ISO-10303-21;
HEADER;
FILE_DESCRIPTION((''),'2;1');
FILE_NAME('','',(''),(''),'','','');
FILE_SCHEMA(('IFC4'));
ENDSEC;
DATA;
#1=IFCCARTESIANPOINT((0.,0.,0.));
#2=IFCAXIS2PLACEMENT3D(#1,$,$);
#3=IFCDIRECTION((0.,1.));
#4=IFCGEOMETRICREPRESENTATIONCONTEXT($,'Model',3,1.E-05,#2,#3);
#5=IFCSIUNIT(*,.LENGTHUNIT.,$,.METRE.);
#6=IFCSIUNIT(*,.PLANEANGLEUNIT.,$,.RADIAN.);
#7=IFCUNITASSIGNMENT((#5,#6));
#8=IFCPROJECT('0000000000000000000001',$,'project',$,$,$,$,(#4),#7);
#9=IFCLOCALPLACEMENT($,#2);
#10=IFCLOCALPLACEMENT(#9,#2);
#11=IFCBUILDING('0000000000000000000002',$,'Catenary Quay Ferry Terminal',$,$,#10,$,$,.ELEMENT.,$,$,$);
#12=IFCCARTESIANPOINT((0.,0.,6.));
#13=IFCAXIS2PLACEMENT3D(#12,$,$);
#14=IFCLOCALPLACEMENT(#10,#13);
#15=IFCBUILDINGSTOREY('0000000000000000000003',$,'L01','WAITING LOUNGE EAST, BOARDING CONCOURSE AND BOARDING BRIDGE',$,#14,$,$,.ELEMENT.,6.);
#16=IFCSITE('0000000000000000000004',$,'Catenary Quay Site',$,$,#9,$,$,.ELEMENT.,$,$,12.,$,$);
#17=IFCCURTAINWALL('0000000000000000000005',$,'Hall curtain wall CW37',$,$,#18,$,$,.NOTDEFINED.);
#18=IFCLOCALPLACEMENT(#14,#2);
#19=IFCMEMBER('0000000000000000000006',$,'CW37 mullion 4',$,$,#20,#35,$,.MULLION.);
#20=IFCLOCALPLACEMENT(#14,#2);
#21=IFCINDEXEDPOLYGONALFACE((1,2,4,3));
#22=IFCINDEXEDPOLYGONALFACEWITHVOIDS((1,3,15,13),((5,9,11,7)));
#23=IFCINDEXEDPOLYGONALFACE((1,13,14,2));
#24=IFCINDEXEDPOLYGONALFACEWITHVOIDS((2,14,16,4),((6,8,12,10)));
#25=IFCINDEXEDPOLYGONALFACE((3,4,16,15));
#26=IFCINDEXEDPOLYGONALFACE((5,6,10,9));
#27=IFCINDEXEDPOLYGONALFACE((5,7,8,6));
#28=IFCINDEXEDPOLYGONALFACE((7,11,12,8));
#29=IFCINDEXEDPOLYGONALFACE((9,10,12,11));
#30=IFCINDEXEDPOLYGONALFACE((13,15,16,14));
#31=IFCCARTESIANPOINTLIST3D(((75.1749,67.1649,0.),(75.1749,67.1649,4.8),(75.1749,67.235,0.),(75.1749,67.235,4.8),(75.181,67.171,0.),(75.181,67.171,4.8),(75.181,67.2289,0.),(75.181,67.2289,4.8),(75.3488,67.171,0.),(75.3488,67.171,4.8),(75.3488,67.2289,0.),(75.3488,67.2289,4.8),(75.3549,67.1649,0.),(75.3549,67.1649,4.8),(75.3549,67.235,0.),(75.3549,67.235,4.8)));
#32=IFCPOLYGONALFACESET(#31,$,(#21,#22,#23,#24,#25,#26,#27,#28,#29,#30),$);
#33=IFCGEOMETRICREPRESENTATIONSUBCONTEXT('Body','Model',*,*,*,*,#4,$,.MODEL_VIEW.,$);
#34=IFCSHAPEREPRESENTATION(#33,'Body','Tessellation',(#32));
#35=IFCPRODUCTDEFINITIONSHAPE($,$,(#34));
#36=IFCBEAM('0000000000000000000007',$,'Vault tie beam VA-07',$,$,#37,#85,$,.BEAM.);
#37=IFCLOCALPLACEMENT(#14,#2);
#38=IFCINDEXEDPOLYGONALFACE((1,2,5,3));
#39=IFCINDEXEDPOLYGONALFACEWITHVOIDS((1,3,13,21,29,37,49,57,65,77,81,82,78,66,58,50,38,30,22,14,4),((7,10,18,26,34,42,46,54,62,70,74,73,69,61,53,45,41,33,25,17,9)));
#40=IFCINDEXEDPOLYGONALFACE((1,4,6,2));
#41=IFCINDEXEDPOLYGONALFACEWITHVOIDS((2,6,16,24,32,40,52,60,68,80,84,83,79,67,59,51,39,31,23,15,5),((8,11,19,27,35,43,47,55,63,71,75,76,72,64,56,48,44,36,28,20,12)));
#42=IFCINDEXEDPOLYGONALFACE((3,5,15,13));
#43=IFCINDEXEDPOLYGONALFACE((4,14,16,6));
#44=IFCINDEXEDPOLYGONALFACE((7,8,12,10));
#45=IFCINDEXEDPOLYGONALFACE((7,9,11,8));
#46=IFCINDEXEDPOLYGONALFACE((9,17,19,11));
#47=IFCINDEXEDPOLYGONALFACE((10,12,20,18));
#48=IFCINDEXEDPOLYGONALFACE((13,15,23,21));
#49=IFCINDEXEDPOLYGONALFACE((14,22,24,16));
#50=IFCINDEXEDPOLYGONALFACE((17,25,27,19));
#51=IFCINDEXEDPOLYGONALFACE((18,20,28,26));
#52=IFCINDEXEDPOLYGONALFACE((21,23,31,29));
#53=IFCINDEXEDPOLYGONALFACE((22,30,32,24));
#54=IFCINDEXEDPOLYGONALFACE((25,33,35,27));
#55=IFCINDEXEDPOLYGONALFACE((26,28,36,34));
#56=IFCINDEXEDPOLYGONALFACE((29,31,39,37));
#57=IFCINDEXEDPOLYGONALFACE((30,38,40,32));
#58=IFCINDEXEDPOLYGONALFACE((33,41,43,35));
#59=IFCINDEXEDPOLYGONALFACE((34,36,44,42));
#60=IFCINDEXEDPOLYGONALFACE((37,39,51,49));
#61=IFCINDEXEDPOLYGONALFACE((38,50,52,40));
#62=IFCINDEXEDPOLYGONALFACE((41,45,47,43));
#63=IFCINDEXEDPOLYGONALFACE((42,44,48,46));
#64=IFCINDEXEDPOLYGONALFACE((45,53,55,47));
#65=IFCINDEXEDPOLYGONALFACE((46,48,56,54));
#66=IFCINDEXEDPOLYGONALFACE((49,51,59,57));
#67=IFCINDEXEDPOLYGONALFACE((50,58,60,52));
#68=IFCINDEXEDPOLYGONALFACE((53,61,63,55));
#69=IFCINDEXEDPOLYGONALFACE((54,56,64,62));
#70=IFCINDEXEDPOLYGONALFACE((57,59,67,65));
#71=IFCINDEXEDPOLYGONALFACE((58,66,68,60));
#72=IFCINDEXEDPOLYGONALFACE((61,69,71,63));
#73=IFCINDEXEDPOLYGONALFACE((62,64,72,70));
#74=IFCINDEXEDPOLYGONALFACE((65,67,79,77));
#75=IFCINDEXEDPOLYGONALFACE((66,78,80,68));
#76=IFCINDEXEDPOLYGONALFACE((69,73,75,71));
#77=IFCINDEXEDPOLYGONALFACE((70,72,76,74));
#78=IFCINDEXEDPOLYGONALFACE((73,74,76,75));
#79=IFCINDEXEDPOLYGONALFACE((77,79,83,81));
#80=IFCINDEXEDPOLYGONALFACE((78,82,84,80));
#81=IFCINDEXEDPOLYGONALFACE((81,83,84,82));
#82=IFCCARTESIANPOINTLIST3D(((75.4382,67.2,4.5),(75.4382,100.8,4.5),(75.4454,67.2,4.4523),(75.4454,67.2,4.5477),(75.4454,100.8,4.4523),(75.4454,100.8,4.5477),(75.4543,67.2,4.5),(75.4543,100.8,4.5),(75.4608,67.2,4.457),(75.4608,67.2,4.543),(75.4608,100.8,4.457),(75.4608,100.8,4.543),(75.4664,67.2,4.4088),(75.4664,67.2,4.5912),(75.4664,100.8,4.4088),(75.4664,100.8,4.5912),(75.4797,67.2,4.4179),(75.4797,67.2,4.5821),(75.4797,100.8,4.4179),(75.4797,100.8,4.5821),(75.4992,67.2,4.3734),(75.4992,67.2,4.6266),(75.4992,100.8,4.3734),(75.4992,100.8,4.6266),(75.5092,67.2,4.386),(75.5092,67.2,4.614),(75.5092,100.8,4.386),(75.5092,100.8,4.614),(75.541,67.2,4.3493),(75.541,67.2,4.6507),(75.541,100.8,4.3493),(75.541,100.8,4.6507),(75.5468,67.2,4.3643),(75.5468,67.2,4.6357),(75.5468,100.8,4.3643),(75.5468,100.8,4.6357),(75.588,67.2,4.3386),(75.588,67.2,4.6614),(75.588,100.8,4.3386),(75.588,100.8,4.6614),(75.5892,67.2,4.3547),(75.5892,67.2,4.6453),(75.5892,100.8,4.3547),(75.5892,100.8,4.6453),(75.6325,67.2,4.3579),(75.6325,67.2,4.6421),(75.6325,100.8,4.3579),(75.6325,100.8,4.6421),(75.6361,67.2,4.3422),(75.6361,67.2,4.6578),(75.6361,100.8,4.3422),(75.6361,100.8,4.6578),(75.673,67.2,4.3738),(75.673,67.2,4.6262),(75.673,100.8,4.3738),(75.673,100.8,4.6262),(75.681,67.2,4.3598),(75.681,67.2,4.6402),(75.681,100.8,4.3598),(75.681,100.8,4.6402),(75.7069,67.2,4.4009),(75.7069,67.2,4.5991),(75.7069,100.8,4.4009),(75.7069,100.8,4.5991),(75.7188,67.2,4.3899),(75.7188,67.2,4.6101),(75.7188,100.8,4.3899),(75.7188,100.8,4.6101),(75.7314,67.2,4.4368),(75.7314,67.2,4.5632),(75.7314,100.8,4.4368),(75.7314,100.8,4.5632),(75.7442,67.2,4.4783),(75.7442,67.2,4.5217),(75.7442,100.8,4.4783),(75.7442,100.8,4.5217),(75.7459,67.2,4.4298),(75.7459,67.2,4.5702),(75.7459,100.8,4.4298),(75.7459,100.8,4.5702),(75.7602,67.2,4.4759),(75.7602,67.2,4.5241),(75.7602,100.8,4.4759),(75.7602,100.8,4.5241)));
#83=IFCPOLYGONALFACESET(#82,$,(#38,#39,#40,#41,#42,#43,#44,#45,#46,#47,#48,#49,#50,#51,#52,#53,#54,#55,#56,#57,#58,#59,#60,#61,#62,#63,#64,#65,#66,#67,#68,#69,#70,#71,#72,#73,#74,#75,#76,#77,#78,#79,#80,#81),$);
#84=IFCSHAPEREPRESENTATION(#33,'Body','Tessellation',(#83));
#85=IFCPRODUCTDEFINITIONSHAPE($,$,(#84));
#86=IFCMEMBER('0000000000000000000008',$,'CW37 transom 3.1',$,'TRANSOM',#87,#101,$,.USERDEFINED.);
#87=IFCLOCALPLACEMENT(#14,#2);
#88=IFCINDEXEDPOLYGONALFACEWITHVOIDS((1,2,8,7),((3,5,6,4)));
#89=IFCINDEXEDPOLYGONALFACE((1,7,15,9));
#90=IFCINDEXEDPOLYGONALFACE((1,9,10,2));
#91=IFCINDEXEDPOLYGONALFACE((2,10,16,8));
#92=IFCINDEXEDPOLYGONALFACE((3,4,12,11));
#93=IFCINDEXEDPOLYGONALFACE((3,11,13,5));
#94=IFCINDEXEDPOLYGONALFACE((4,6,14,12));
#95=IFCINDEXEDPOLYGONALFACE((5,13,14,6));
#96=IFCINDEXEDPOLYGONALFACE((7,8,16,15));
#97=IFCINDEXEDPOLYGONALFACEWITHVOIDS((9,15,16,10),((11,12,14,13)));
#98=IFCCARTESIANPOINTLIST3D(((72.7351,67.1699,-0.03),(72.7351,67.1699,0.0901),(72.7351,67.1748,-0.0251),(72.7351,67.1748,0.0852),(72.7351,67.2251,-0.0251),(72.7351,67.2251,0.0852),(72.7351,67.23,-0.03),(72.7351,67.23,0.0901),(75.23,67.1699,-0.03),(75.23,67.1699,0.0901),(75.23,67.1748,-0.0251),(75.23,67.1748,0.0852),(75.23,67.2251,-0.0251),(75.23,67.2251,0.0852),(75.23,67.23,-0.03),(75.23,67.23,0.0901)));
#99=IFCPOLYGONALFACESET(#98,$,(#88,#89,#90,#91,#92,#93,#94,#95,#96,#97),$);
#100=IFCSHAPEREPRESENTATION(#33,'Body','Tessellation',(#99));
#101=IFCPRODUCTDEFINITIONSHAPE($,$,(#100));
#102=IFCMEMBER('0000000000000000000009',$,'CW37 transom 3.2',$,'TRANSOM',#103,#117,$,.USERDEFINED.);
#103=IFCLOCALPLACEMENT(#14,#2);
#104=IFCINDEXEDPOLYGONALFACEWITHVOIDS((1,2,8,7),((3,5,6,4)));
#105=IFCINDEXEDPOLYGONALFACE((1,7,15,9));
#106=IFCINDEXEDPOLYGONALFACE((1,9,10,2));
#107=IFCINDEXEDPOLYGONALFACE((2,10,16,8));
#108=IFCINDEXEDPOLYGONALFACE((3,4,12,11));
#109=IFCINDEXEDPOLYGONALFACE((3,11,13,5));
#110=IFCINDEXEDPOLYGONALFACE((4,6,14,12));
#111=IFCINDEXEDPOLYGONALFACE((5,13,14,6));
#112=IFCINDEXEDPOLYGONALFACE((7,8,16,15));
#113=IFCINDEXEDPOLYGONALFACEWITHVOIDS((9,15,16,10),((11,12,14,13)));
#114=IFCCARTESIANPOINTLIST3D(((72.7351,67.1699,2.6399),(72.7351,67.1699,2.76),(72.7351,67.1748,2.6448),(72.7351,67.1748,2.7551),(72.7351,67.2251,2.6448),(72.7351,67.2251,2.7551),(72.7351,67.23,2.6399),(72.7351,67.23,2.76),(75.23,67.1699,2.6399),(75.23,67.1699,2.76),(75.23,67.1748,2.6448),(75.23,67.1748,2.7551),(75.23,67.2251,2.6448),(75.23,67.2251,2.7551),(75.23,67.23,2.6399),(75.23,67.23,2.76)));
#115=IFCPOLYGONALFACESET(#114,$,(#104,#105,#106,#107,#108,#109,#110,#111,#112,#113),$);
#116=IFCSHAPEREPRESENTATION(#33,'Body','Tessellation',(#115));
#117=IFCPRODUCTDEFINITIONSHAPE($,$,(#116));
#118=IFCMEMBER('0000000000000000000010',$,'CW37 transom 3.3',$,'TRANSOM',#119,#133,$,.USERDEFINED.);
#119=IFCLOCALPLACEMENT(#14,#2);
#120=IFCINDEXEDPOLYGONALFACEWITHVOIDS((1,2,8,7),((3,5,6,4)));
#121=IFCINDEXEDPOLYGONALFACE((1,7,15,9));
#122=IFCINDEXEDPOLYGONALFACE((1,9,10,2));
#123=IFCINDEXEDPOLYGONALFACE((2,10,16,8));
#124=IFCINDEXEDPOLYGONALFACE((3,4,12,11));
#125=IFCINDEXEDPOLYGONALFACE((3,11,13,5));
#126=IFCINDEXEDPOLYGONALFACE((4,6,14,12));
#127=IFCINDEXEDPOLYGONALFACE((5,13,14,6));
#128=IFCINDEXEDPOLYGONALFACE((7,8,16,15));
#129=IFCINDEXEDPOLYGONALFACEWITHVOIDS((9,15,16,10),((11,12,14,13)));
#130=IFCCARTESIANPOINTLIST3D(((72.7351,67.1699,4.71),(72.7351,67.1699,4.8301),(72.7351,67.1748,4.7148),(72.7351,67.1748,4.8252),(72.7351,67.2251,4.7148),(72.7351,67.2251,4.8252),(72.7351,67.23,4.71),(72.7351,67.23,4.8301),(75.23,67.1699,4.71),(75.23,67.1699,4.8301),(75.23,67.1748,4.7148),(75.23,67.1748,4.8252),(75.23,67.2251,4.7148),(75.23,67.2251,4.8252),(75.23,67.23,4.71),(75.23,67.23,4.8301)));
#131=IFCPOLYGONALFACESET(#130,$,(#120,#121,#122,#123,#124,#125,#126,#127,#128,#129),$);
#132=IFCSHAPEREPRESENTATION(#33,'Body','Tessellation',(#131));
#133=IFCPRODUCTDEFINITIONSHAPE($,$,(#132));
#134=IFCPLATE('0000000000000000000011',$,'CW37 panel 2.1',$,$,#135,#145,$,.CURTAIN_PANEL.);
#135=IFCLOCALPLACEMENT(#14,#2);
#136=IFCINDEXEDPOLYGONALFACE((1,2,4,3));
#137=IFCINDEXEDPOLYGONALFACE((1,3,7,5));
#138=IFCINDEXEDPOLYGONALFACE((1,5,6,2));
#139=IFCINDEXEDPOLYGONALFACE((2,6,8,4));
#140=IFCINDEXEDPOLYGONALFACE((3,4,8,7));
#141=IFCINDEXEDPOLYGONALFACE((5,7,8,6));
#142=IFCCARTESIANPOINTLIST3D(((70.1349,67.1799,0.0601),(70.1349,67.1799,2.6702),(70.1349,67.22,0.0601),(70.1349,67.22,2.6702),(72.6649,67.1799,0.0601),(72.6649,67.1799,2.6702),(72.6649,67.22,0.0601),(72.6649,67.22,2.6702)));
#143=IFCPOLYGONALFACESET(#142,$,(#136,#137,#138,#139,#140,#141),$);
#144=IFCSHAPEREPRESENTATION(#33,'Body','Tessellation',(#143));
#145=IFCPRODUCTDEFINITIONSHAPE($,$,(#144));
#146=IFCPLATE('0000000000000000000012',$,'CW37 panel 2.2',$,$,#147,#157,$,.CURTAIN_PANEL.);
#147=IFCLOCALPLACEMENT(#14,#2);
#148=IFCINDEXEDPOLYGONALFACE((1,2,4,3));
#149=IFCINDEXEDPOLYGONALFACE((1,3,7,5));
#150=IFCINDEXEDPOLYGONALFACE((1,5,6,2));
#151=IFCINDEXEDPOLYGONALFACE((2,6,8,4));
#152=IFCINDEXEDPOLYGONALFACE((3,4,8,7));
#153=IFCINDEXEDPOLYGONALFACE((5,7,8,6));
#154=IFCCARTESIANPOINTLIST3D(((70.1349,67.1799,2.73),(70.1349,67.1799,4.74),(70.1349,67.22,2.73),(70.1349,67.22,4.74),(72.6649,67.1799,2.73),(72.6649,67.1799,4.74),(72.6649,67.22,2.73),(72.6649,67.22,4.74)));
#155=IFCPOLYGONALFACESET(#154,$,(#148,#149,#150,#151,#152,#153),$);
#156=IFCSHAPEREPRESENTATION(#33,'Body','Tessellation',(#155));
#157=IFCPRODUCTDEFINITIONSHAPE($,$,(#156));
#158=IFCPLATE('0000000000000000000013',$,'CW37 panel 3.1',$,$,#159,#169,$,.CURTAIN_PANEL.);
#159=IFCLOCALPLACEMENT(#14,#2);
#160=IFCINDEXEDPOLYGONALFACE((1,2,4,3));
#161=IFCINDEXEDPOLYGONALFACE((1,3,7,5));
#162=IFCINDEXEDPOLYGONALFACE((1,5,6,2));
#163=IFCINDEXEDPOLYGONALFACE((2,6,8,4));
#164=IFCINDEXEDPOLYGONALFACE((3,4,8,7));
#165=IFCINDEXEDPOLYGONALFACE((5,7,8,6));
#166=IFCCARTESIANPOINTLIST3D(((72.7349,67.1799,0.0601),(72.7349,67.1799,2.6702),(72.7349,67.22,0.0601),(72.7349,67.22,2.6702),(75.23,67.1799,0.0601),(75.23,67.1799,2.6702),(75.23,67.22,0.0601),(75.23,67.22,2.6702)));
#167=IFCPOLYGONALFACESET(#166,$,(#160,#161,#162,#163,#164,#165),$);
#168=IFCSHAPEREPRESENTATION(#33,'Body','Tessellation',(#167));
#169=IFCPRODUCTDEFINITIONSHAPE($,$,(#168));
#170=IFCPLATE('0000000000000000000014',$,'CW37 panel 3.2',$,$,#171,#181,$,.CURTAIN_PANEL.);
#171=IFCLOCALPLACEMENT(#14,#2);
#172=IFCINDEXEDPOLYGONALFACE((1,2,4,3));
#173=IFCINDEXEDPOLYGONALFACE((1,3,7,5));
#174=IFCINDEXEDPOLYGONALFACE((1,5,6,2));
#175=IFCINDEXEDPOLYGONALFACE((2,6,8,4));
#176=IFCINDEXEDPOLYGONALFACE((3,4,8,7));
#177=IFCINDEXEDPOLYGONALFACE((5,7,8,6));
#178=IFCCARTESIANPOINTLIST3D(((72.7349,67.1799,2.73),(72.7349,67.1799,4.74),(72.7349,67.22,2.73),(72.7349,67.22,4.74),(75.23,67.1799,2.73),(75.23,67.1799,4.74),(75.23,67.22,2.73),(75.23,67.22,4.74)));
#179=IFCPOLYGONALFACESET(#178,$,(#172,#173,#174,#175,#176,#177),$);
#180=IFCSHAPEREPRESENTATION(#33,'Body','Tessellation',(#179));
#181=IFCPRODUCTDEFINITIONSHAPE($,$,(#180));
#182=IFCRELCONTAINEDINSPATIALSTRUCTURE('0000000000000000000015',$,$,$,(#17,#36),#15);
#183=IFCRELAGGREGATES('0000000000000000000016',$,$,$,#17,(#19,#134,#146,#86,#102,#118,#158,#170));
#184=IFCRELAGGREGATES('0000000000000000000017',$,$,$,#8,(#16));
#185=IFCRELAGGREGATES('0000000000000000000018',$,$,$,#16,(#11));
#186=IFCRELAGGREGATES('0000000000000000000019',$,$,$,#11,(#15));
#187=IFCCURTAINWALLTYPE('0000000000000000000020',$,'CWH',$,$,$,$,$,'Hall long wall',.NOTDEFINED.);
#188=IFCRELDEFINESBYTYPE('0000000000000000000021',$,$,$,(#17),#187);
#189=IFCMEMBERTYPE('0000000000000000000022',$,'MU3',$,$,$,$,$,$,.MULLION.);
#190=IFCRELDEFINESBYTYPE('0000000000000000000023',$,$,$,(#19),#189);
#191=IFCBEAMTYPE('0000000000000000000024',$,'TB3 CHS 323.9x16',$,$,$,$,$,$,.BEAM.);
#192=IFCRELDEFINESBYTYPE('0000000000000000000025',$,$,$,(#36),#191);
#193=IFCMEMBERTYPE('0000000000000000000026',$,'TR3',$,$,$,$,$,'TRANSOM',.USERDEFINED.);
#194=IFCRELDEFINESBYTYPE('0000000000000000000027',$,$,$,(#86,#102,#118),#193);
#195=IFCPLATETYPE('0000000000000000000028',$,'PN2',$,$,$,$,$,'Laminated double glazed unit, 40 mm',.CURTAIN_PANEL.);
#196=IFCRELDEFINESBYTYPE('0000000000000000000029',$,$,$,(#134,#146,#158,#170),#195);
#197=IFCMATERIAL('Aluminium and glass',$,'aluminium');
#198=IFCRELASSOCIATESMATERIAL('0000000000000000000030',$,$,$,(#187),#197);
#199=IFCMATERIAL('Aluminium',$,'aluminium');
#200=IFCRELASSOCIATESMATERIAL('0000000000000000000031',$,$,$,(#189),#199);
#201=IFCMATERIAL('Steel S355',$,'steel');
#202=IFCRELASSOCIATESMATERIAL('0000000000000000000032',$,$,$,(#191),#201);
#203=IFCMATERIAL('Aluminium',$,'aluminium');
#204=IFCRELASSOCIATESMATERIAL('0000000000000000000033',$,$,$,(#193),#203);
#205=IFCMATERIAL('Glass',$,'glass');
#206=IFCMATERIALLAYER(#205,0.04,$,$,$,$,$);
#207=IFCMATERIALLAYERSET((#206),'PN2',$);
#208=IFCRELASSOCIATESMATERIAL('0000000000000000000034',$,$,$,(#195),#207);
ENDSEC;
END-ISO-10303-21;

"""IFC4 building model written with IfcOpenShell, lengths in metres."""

from ifc_helpers import new_model, si_unit, direction, frame, origin, origin_2d, place, context, subcontext, project, spatial, rectangle, hollow_rectangle, hollow_circle, extrude, material, layer, layer_set, material_profile, profile_set, type_object, element, aggregate, save


model = new_model("IFC4")

# Units and contexts
model_context = context("Model", 3, precision=1e-05, world=origin(), true_north=direction((0.0, 1.0)))
body_context = subcontext(model_context, "Body", "Model", "MODEL_VIEW")
ifc_project = project(units=[si_unit("LENGTHUNIT", "METRE"), si_unit("PLANEANGLEUNIT", "RADIAN")], contexts=[model_context])

# Site, building, storey
site_placement = place(None, origin())
site = spatial("IfcSite", under=ifc_project, at=site_placement, Name="Catenary Quay Site", CompositionType="ELEMENT", RefElevation=12.0)
building_placement = place(site_placement, origin())
building = spatial("IfcBuilding", under=site, at=building_placement, Name="Catenary Quay Ferry Terminal", CompositionType="ELEMENT")
storey_placement = place(building_placement, frame((0.0, 0.0, 6.0)))
storey = spatial("IfcBuildingStorey", under=building, at=storey_placement, Name="L01", Description="WAITING LOUNGE EAST, BOARDING CONCOURSE AND BOARDING BRIDGE", CompositionType="ELEMENT", Elevation=6.0)

# Curtain wall, member
ifc_material_1 = material(Name="Aluminium and glass", Category="aluminium")
curtain_wall_type = type_object("IfcCurtainWallType", Name="CWH", ElementType="Hall long wall", PredefinedType="NOTDEFINED", material=ifc_material_1)
curtain_wall_placement = place(storey_placement, origin())
curtain_wall = element("IfcCurtainWall", 1, at=curtain_wall_placement, inside=storey, type_object=curtain_wall_type, Name="Hall curtain wall CW37", PredefinedType="NOTDEFINED")
ifc_material_2 = material(Name="Aluminium", Category="aluminium")
ifc_material_profile_1 = material_profile(ifc_material_2, hollow_rectangle(XDim=0.0701, YDim=0.1799, WallThickness=0.0061, at=origin_2d()), Name="MU3")
ifc_profile_set_1 = profile_set([ifc_material_profile_1], Name="Aluminium")
member_type_1 = type_object("IfcMemberType", Name="MU3", PredefinedType="MULLION", material=ifc_profile_set_1)
member_1_placement = place(storey_placement, frame((75.2649, 67.2, 0.0), z_axis=(0.0, 0.0, 1.0), x_axis=(0.0, 1.0, 0.0)))
member_1 = element("IfcMember", 2, at=member_1_placement, type_object=member_type_1, Name="CW37 mullion 4", PredefinedType="MULLION", context=body_context, shape_type="SweptSolid", body=[
    extrude(hollow_rectangle(XDim=0.0701, YDim=0.1799, WallThickness=0.0061, at=origin_2d()), origin(), (0.0, 0.0, 1.0), 4.8),
])

# Beam
ifc_material_3 = material(Name="Steel S355", Category="steel")
ifc_material_profile_2 = material_profile(ifc_material_3, hollow_circle(Radius=0.1619, WallThickness=0.0161, at=origin_2d()), Name="CHS 323.9x16")
ifc_profile_set_2 = profile_set([ifc_material_profile_2], Name="Steel S355")
beam_type_1 = type_object("IfcBeamType", Name="TB3 CHS 323.9x16", PredefinedType="BEAM", material=ifc_profile_set_2)
beam_1_placement = place(storey_placement, frame((75.6001, 67.2, 4.5), z_axis=(0.0, 1.0, 0.0), x_axis=(-1.0, 0.0, 0.0)))
element("IfcBeam", 3, at=beam_1_placement, inside=storey, type_object=beam_type_1, Name="Vault tie beam VA-07", PredefinedType="BEAM", context=body_context, shape_type="SweptSolid", body=[
    extrude(hollow_circle(Radius=0.1619, WallThickness=0.0161, at=origin_2d()), origin(), (0.0, 0.0, 1.0), 33.6001),
])

# Members
ifc_material_4 = material(Name="Aluminium", Category="aluminium")
ifc_material_profile_3 = material_profile(ifc_material_4, hollow_rectangle(XDim=0.0601, YDim=0.1201, WallThickness=0.0049, at=origin_2d()), Name="TR3")
ifc_profile_set_3 = profile_set([ifc_material_profile_3], Name="Aluminium")
member_type_2 = type_object("IfcMemberType", Name="TR3", ElementType="TRANSOM", PredefinedType="USERDEFINED", material=ifc_profile_set_3)
member_2_placement = place(storey_placement, frame((72.7351, 67.2, 0.03), z_axis=(1.0, 0.0, 0.0), x_axis=(0.0, 1.0, 0.0)))
member_2 = element("IfcMember", 4, at=member_2_placement, type_object=member_type_2, Name="CW37 transom 3.1", ObjectType="TRANSOM", PredefinedType="USERDEFINED", context=body_context, shape_type="SweptSolid", body=[
    extrude(hollow_rectangle(XDim=0.0601, YDim=0.1201, WallThickness=0.0049, at=origin_2d()), origin(), (0.0, 0.0, 1.0), 2.4949),
])
member_3_placement = place(storey_placement, frame((72.7351, 67.2, 2.7), z_axis=(1.0, 0.0, 0.0), x_axis=(0.0, 1.0, 0.0)))
member_3 = element("IfcMember", 5, at=member_3_placement, type_object=member_type_2, Name="CW37 transom 3.2", ObjectType="TRANSOM", PredefinedType="USERDEFINED", context=body_context, shape_type="SweptSolid", body=[
    extrude(hollow_rectangle(XDim=0.0601, YDim=0.1201, WallThickness=0.0049, at=origin_2d()), origin(), (0.0, 0.0, 1.0), 2.4949),
])
member_4_placement = place(storey_placement, frame((72.7351, 67.2, 4.77), z_axis=(1.0, 0.0, 0.0), x_axis=(0.0, 1.0, 0.0)))
member_4 = element("IfcMember", 6, at=member_4_placement, type_object=member_type_2, Name="CW37 transom 3.3", ObjectType="TRANSOM", PredefinedType="USERDEFINED", context=body_context, shape_type="SweptSolid", body=[
    extrude(hollow_rectangle(XDim=0.0601, YDim=0.1201, WallThickness=0.0049, at=origin_2d()), origin(), (0.0, 0.0, 1.0), 2.4949),
])

# Plates
ifc_material_5 = material(Name="Glass", Category="glass")
ifc_layer_1 = layer(ifc_material_5, 0.04)
ifc_layer_set_1 = layer_set([ifc_layer_1], Name="PN2")
plate_type = type_object("IfcPlateType", Name="PN2", ElementType="Laminated double glazed unit, 40 mm", PredefinedType="CURTAIN_PANEL", material=ifc_layer_set_1)
plate_1_placement = place(storey_placement, frame((71.3999, 67.2, 0.0601), z_axis=(0.0, 0.0, 1.0), x_axis=(1.0, 0.0, 0.0)))
plate_1 = element("IfcPlate", 7, at=plate_1_placement, type_object=plate_type, Name="CW37 panel 2.1", PredefinedType="CURTAIN_PANEL", context=body_context, shape_type="SweptSolid", body=[
    extrude(rectangle(XDim=2.53, YDim=0.04, at=origin_2d()), origin(), (0.0, 0.0, 1.0), 2.6101),
])
plate_2_placement = place(storey_placement, frame((71.3999, 67.2, 2.73), z_axis=(0.0, 0.0, 1.0), x_axis=(1.0, 0.0, 0.0)))
plate_2 = element("IfcPlate", 8, at=plate_2_placement, type_object=plate_type, Name="CW37 panel 2.2", PredefinedType="CURTAIN_PANEL", context=body_context, shape_type="SweptSolid", body=[
    extrude(rectangle(XDim=2.53, YDim=0.04, at=origin_2d()), origin(), (0.0, 0.0, 1.0), 2.01),
])
plate_3_placement = place(storey_placement, frame((73.9824, 67.2, 0.0601), z_axis=(0.0, 0.0, 1.0), x_axis=(1.0, 0.0, 0.0)))
plate_3 = element("IfcPlate", 9, at=plate_3_placement, type_object=plate_type, Name="CW37 panel 3.1", PredefinedType="CURTAIN_PANEL", context=body_context, shape_type="SweptSolid", body=[
    extrude(rectangle(XDim=2.4951, YDim=0.04, at=origin_2d()), origin(), (0.0, 0.0, 1.0), 2.6101),
])
plate_4_placement = place(storey_placement, frame((73.9824, 67.2, 2.73), z_axis=(0.0, 0.0, 1.0), x_axis=(1.0, 0.0, 0.0)))
plate_4 = element("IfcPlate", 10, at=plate_4_placement, type_object=plate_type, Name="CW37 panel 3.2", PredefinedType="CURTAIN_PANEL", context=body_context, shape_type="SweptSolid", body=[
    extrude(rectangle(XDim=2.4951, YDim=0.04, at=origin_2d()), origin(), (0.0, 0.0, 1.0), 2.01),
])
aggregate(curtain_wall, [member_1, plate_1, plate_2, member_2, member_3, member_4, plate_3, plate_4])

save(model, "model.ifc")
